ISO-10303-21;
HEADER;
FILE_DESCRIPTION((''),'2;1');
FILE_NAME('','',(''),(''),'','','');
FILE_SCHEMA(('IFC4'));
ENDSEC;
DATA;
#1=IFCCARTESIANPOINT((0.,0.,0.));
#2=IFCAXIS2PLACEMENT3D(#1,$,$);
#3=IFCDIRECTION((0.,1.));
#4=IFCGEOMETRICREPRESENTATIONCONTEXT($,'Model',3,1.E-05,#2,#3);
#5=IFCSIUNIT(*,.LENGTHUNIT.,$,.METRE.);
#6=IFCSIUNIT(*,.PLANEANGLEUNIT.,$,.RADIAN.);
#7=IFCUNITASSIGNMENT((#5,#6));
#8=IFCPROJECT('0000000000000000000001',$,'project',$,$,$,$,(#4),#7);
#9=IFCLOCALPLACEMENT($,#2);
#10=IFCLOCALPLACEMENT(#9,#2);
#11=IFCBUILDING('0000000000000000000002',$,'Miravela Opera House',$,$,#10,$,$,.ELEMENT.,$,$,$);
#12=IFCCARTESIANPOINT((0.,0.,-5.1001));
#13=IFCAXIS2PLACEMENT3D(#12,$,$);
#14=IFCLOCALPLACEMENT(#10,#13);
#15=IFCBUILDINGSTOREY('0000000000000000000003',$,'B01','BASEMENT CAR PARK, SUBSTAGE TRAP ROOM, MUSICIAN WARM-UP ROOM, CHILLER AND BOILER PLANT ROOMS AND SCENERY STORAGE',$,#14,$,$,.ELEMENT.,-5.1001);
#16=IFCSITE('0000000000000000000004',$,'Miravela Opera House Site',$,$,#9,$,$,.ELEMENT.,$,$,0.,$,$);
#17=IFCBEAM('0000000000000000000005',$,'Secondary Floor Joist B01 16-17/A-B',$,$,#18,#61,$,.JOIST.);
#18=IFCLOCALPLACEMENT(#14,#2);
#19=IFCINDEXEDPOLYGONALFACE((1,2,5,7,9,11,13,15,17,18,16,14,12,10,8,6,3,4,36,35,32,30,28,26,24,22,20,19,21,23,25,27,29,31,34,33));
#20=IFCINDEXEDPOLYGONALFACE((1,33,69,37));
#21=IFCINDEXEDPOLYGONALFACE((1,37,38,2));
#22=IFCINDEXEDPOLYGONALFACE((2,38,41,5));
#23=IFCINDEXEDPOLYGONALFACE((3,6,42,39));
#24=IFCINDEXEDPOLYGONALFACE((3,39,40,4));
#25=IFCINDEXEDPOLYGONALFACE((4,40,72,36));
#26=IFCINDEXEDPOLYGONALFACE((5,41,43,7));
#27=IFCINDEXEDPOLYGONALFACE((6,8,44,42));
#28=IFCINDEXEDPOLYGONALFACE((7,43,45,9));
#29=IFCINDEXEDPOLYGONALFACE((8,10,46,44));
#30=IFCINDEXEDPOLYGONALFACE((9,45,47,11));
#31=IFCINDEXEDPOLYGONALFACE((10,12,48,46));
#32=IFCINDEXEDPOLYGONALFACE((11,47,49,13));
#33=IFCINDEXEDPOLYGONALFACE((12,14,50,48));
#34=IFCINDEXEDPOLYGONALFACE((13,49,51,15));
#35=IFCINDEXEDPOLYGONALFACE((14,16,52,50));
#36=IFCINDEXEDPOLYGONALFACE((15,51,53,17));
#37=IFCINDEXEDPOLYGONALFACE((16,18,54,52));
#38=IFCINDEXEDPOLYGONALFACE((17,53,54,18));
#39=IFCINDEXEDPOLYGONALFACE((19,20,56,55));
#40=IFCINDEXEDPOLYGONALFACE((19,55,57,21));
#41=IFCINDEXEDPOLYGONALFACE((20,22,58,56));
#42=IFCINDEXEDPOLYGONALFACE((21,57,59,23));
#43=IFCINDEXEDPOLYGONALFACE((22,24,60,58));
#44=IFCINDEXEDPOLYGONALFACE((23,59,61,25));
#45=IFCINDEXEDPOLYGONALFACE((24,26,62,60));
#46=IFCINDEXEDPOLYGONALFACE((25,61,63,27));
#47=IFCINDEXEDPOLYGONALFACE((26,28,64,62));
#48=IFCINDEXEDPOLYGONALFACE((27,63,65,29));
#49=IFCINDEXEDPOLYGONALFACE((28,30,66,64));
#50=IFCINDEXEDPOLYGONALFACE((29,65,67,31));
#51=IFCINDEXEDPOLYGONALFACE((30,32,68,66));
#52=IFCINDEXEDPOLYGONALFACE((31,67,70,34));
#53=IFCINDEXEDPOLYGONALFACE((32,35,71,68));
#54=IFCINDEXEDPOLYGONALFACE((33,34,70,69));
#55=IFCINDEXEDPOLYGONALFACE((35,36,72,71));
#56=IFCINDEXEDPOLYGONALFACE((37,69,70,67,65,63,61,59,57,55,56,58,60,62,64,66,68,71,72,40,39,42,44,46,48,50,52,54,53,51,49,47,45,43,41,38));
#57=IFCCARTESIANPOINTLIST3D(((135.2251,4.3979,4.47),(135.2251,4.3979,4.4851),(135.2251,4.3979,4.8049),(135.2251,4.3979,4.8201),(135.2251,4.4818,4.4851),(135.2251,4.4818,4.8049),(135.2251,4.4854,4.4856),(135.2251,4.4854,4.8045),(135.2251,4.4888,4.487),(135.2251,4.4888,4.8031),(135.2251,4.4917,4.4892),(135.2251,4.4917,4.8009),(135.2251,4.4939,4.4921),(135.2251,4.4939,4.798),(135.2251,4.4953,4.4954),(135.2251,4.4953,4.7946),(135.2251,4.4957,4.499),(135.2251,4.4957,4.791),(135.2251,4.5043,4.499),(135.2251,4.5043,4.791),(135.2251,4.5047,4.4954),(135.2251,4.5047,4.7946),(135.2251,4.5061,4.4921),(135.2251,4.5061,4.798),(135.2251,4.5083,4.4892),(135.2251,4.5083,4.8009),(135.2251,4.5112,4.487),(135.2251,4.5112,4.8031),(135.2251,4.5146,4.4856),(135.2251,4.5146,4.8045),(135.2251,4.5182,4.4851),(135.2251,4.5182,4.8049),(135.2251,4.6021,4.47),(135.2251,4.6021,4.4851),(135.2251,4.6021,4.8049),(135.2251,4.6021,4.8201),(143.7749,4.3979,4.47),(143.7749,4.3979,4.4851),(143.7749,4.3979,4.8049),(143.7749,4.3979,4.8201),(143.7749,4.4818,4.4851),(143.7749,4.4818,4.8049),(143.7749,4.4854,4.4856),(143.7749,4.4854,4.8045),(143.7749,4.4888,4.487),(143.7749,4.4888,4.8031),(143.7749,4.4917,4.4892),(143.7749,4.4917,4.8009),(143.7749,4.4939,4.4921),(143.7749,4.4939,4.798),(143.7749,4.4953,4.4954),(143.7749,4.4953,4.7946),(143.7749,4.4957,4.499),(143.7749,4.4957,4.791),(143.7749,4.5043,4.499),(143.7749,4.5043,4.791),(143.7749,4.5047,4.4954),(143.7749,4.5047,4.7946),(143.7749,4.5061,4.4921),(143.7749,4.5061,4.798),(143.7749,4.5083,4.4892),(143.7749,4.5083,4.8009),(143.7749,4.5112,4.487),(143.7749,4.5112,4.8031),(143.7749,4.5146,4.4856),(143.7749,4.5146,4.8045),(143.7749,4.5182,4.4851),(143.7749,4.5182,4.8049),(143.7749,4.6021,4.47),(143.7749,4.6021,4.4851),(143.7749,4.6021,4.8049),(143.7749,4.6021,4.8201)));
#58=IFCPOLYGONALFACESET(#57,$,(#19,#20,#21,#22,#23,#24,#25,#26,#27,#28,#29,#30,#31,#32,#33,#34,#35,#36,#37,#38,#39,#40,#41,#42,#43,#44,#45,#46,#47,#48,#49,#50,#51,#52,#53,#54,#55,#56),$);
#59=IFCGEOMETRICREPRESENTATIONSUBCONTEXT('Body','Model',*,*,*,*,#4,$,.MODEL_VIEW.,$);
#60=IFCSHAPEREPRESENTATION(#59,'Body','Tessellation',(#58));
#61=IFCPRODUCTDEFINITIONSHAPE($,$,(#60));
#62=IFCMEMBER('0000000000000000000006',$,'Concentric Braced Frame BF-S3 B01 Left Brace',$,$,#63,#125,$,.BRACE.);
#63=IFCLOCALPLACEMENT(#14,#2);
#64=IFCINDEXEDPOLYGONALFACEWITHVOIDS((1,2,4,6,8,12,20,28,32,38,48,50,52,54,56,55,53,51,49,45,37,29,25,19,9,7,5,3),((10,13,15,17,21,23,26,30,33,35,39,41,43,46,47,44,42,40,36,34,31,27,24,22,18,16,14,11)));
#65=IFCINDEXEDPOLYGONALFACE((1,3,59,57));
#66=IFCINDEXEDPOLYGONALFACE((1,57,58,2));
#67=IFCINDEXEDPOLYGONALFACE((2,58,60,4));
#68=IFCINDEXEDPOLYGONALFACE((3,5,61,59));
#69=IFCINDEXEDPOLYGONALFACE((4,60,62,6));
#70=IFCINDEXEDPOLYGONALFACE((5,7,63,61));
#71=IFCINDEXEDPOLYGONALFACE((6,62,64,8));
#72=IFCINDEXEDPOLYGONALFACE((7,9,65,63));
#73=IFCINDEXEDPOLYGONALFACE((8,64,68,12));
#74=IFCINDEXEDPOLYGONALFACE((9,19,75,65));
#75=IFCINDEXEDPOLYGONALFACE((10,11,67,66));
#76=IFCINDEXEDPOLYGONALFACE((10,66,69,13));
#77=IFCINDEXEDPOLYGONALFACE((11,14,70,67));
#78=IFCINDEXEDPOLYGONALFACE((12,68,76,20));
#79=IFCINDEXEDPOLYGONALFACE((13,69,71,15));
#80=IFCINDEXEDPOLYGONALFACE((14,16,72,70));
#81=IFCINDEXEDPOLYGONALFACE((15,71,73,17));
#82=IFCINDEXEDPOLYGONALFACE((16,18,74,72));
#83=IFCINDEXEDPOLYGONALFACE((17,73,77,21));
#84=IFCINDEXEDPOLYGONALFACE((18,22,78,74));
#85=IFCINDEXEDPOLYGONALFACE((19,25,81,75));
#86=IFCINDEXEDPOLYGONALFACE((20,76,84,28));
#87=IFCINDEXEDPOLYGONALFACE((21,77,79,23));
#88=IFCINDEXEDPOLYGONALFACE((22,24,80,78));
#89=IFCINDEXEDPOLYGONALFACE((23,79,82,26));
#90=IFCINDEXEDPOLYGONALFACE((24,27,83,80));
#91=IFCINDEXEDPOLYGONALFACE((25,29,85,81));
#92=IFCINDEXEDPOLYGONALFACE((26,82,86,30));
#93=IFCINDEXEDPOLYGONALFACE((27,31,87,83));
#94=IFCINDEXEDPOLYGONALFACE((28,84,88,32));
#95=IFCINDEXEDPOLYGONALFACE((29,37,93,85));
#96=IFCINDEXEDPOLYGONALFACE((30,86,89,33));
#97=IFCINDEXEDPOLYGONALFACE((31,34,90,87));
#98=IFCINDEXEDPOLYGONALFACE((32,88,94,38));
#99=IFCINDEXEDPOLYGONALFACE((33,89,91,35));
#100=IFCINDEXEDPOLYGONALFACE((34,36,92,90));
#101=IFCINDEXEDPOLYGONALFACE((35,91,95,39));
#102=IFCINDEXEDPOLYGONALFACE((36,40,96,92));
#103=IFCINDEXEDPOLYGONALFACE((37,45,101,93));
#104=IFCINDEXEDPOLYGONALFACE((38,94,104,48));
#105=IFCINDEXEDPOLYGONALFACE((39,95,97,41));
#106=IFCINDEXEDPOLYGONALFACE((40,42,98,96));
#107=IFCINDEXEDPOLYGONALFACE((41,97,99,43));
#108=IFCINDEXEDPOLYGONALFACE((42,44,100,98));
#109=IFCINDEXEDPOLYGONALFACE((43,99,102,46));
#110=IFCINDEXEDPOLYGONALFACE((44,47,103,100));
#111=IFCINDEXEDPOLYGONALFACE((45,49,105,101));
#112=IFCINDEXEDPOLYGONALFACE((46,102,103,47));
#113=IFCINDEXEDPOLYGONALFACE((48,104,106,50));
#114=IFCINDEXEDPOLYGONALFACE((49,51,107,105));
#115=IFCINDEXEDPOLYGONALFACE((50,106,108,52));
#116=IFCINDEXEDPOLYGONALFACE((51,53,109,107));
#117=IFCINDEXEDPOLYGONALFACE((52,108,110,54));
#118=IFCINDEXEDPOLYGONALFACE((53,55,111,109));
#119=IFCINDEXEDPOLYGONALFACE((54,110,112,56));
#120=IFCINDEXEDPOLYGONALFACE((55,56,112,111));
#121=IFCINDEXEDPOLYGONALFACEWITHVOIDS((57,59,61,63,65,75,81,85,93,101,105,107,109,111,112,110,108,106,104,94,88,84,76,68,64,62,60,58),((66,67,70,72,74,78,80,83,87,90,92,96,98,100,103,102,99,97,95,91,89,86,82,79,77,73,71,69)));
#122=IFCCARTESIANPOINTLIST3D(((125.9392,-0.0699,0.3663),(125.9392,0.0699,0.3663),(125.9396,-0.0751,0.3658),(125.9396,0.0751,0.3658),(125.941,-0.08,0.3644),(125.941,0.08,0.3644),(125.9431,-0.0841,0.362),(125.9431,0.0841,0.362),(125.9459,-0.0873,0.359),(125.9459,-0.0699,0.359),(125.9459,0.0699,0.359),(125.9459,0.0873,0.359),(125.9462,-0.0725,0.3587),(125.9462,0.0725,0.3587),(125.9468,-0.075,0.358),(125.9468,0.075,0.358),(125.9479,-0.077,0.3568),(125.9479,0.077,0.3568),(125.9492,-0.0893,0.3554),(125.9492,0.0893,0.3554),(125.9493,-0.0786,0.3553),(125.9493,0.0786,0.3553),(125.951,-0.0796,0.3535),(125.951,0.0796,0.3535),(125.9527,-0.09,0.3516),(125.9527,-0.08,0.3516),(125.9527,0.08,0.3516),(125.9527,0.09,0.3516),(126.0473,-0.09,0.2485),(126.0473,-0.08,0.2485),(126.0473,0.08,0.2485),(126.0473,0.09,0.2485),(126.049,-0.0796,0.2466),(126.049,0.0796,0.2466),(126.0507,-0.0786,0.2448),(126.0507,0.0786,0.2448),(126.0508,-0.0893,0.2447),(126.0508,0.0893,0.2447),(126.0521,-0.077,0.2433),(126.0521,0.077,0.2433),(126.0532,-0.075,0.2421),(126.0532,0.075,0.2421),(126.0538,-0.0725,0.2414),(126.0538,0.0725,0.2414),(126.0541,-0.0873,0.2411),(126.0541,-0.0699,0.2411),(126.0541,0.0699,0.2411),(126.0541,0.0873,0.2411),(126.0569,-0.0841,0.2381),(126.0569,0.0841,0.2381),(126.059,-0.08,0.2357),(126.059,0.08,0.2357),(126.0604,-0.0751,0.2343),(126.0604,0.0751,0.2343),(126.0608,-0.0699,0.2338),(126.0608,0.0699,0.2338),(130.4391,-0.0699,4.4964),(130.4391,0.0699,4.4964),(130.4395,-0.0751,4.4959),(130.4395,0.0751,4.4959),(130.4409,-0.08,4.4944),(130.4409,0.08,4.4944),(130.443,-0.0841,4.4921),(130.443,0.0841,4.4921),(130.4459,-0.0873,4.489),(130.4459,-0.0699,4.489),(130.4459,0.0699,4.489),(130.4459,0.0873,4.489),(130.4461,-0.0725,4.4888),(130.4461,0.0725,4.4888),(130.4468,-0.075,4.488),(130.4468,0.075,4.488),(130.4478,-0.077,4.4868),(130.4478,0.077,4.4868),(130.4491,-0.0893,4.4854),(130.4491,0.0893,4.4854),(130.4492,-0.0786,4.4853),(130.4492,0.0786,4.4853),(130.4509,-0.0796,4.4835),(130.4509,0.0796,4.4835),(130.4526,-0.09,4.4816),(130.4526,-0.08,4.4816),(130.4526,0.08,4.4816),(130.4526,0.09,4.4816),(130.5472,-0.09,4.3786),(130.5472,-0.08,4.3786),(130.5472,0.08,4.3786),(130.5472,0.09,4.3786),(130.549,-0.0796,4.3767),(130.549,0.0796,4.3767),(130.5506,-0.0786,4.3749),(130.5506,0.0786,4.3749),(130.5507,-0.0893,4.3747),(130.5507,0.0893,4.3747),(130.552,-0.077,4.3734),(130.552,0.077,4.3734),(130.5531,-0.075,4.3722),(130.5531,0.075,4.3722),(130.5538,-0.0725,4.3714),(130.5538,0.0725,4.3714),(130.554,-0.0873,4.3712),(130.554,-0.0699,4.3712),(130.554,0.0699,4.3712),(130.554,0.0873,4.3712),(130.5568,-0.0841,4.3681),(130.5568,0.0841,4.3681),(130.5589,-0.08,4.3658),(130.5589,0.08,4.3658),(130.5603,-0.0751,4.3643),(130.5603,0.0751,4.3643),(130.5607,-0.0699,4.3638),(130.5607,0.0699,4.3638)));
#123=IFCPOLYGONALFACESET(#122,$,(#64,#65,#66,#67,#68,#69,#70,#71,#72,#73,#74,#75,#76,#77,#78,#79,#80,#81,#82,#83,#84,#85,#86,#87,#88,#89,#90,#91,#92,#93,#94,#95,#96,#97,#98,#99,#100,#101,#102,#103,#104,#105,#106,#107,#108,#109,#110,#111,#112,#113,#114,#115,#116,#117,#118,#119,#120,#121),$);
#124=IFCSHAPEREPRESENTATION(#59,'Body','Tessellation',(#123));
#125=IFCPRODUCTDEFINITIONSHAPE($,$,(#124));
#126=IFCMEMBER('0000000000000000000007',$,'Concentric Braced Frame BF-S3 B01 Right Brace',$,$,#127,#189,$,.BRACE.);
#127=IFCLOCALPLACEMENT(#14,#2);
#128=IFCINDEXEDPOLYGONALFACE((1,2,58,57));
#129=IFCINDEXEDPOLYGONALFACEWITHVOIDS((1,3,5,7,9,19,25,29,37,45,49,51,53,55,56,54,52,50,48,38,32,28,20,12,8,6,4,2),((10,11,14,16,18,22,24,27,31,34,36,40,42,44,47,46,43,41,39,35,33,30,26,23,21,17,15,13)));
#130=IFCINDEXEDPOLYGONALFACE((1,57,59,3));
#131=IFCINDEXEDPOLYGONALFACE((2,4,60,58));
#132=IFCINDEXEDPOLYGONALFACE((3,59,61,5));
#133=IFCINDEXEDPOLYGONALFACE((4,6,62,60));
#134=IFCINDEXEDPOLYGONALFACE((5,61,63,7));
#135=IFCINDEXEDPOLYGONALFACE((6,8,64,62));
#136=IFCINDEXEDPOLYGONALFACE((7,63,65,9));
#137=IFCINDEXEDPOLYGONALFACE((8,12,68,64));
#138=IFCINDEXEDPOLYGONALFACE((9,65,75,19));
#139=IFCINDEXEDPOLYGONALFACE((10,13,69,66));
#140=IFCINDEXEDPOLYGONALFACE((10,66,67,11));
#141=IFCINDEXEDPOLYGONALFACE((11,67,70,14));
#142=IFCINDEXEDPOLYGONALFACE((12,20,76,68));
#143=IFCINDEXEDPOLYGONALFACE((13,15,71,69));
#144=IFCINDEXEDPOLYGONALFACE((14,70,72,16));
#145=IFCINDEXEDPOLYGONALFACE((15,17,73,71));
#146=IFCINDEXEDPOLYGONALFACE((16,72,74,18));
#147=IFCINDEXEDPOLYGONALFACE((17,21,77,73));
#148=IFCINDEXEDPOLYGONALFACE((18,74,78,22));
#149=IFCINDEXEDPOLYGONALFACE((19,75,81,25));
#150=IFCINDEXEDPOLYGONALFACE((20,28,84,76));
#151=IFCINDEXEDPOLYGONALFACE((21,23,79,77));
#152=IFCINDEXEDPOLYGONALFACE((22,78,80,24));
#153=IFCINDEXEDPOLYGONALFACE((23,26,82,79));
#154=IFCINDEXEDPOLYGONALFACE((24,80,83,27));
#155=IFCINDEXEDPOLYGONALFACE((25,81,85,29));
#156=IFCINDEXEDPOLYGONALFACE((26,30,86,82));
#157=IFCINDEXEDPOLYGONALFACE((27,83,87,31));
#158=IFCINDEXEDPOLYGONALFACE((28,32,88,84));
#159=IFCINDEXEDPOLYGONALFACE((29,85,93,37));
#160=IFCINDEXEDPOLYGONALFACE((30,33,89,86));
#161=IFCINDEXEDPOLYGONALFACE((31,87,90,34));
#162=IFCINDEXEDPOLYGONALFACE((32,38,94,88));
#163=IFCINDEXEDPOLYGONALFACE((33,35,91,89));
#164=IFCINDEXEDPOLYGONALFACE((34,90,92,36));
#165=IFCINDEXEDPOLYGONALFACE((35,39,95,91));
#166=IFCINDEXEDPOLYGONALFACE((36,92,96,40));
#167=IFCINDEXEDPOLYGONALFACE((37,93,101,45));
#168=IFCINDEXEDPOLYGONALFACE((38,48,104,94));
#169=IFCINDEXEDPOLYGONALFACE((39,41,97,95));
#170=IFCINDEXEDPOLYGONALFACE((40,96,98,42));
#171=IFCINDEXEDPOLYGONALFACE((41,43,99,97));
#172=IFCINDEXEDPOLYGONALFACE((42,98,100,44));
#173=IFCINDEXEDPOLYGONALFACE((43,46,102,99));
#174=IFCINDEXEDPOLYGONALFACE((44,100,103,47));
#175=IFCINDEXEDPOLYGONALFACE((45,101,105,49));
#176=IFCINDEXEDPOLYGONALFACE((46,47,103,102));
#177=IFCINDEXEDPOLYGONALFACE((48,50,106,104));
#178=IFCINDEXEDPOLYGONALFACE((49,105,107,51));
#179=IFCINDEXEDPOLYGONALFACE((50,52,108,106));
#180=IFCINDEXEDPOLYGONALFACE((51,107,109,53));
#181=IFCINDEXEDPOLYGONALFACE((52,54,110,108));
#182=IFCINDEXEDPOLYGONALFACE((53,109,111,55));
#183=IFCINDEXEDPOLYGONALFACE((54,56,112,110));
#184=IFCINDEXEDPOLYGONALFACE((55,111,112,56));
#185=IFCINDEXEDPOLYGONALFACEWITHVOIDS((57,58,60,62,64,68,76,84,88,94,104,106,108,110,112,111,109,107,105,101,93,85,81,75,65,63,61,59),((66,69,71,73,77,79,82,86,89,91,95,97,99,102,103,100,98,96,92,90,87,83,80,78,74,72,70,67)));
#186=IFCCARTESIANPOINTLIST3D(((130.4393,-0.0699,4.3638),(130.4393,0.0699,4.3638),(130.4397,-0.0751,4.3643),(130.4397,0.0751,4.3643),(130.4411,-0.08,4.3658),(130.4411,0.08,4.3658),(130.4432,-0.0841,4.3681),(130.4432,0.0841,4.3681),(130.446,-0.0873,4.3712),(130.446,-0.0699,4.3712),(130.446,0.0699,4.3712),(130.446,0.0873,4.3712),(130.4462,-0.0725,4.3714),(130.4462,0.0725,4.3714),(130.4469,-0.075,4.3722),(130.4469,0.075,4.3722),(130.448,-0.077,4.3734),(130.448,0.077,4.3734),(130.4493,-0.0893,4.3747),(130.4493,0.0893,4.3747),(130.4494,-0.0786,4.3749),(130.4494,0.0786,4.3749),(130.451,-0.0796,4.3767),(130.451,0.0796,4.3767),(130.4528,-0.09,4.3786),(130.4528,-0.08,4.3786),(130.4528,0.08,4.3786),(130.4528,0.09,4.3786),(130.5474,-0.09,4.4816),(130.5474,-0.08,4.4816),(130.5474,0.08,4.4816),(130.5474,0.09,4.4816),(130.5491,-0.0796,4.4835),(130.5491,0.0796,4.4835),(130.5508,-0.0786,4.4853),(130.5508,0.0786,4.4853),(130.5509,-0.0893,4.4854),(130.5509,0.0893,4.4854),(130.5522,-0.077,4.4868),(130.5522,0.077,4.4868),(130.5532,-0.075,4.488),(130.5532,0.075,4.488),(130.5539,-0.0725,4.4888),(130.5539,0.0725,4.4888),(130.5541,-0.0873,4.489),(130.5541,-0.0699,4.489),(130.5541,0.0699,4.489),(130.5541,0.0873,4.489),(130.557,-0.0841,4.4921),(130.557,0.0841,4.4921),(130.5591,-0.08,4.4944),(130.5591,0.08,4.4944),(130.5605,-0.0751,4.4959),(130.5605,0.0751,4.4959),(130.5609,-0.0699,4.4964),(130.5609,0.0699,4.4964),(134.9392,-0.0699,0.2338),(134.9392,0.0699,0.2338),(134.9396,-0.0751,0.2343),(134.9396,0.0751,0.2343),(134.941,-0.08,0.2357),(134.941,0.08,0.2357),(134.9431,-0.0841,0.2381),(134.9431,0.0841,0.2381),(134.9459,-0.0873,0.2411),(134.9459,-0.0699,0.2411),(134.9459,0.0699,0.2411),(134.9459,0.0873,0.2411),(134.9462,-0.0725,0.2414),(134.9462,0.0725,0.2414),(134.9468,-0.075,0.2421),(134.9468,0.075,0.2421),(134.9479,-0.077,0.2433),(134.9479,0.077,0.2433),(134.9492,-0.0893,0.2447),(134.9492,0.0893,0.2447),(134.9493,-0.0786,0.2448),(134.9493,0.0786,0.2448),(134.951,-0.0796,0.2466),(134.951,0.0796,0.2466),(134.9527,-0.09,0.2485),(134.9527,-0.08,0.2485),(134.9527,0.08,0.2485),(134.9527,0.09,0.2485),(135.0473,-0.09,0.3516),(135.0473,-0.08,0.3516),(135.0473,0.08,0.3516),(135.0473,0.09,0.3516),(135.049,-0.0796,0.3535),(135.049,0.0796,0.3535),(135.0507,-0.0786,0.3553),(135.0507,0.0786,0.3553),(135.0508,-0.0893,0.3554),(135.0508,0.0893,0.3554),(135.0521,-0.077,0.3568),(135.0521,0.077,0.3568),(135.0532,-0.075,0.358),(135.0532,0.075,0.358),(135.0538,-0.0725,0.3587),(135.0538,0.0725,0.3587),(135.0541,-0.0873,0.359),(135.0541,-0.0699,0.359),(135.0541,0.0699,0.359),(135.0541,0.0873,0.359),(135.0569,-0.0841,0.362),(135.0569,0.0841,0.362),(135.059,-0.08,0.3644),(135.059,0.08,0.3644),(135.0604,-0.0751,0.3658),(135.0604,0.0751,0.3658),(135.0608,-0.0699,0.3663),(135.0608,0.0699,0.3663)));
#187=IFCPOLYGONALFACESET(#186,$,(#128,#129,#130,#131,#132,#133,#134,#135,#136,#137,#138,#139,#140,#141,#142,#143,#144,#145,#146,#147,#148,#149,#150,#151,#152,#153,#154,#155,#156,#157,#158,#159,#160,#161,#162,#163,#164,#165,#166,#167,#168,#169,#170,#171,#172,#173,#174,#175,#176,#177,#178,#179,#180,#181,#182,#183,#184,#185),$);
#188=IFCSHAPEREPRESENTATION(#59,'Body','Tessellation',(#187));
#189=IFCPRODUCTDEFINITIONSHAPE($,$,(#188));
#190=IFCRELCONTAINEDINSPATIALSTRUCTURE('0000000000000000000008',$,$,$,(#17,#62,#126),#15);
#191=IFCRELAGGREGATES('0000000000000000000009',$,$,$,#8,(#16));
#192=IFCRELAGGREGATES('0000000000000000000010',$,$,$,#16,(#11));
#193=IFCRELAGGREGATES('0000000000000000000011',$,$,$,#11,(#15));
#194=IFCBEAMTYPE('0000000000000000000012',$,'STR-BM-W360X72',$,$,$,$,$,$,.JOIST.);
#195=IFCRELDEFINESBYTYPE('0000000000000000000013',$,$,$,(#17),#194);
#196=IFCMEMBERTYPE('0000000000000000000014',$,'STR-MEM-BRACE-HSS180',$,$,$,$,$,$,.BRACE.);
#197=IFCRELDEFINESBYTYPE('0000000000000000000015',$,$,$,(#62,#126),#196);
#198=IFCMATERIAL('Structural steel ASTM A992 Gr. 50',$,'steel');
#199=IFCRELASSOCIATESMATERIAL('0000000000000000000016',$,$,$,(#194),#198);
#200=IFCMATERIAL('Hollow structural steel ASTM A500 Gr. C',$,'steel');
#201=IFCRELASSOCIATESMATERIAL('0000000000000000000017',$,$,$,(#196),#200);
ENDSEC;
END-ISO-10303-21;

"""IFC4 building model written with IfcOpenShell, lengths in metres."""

from ifc_helpers import new_model, si_unit, direction, frame, origin, origin_2d, place, context, subcontext, project, spatial, hollow_rectangle, i_section, extrude, material, material_profile, profile_set, type_object, element, save


model = new_model("IFC4")

# Units and contexts
model_context = context("Model", 3, precision=1e-05, world=origin(), true_north=direction((0.0, 1.0)))
body_context = subcontext(model_context, "Body", "Model", "MODEL_VIEW")
ifc_project = project(units=[si_unit("LENGTHUNIT", "METRE"), si_unit("PLANEANGLEUNIT", "RADIAN")], contexts=[model_context])

# Site, building, storey
site_placement = place(None, origin())
site = spatial("IfcSite", under=ifc_project, at=site_placement, Name="Miravela Opera House Site", CompositionType="ELEMENT", RefElevation=0.0)
building_placement = place(site_placement, origin())
building = spatial("IfcBuilding", under=site, at=building_placement, Name="Miravela Opera House", CompositionType="ELEMENT")
storey_placement = place(building_placement, frame((0.0, 0.0, -5.1001)))
storey = spatial("IfcBuildingStorey", under=building, at=storey_placement, Name="B01", Description="BASEMENT CAR PARK, SUBSTAGE TRAP ROOM, MUSICIAN WARM-UP ROOM, CHILLER AND BOILER PLANT ROOMS AND SCENERY STORAGE", CompositionType="ELEMENT", Elevation=-5.1001)

# Shared definitions
ifc_material_1 = material(Name="Hollow structural steel ASTM A500 Gr. C", Category="steel")

# Beam
ifc_material_2 = material(Name="Structural steel ASTM A992 Gr. 50", Category="steel")
ifc_material_profile_1 = material_profile(ifc_material_2, i_section(OverallWidth=0.2041, OverallDepth=0.3501, WebThickness=0.0085, FlangeThickness=0.0151, FilletRadius=0.0139, at=origin_2d()), Name="W360X72")
ifc_profile_set_1 = profile_set([ifc_material_profile_1])
beam_type_1 = type_object("IfcBeamType", Name="STR-BM-W360X72", PredefinedType="JOIST", material=ifc_profile_set_1)
beam_1_placement = place(storey_placement, frame((135.2251, 4.5, 4.645), z_axis=(1.0, 0.0, 0.0), x_axis=(0.0, 1.0, 0.0)))
element("IfcBeam", 1, at=beam_1_placement, inside=storey, type_object=beam_type_1, Name="Secondary Floor Joist B01 16-17/A-B", PredefinedType="JOIST", context=body_context, shape_type="SweptSolid", body=[
    extrude(i_section(OverallWidth=0.2041, OverallDepth=0.3501, WebThickness=0.0085, FlangeThickness=0.0151, FilletRadius=0.0139, at=origin_2d()), origin(), (0.0, 0.0, 1.0), 8.5498),
])

# Members
ifc_material_profile_2 = material_profile(ifc_material_1, hollow_rectangle(XDim=0.1799, YDim=0.1799, WallThickness=0.01, InnerFilletRadius=0.01, OuterFilletRadius=0.02, at=origin_2d()), Name="HSS180X180X10")
ifc_profile_set_2 = profile_set([ifc_material_profile_2])
member_type = type_object("IfcMemberType", Name="STR-MEM-BRACE-HSS180", PredefinedType="BRACE", material=ifc_profile_set_2)
for number, where, z_axis, x_axis, name in (
    (2, (126.0, 0.0, 0.3), (0.736736, 0.0, 0.676181), (0.0, 1.0, 0.0), "Concentric Braced Frame BF-S3 B01 Left Brace"),
    (3, (135.0, 0.0, 0.3), (-0.736736, 0.0, 0.676181), (0.0, -1.0, 0.0), "Concentric Braced Frame BF-S3 B01 Right Brace"),
):
    element("IfcMember", number, at=place(storey_placement, frame(where, z_axis=z_axis, x_axis=x_axis)), inside=storey, type_object=member_type, Name=name, PredefinedType="BRACE", context=body_context, shape_type="SweptSolid", body=[
        extrude(hollow_rectangle(XDim=0.1799, YDim=0.1799, WallThickness=0.01, InnerFilletRadius=0.01, OuterFilletRadius=0.02, at=origin_2d()), origin(), (0.0, 0.0, 1.0), 6.1079),
    ])

save(model, "model.ifc")
